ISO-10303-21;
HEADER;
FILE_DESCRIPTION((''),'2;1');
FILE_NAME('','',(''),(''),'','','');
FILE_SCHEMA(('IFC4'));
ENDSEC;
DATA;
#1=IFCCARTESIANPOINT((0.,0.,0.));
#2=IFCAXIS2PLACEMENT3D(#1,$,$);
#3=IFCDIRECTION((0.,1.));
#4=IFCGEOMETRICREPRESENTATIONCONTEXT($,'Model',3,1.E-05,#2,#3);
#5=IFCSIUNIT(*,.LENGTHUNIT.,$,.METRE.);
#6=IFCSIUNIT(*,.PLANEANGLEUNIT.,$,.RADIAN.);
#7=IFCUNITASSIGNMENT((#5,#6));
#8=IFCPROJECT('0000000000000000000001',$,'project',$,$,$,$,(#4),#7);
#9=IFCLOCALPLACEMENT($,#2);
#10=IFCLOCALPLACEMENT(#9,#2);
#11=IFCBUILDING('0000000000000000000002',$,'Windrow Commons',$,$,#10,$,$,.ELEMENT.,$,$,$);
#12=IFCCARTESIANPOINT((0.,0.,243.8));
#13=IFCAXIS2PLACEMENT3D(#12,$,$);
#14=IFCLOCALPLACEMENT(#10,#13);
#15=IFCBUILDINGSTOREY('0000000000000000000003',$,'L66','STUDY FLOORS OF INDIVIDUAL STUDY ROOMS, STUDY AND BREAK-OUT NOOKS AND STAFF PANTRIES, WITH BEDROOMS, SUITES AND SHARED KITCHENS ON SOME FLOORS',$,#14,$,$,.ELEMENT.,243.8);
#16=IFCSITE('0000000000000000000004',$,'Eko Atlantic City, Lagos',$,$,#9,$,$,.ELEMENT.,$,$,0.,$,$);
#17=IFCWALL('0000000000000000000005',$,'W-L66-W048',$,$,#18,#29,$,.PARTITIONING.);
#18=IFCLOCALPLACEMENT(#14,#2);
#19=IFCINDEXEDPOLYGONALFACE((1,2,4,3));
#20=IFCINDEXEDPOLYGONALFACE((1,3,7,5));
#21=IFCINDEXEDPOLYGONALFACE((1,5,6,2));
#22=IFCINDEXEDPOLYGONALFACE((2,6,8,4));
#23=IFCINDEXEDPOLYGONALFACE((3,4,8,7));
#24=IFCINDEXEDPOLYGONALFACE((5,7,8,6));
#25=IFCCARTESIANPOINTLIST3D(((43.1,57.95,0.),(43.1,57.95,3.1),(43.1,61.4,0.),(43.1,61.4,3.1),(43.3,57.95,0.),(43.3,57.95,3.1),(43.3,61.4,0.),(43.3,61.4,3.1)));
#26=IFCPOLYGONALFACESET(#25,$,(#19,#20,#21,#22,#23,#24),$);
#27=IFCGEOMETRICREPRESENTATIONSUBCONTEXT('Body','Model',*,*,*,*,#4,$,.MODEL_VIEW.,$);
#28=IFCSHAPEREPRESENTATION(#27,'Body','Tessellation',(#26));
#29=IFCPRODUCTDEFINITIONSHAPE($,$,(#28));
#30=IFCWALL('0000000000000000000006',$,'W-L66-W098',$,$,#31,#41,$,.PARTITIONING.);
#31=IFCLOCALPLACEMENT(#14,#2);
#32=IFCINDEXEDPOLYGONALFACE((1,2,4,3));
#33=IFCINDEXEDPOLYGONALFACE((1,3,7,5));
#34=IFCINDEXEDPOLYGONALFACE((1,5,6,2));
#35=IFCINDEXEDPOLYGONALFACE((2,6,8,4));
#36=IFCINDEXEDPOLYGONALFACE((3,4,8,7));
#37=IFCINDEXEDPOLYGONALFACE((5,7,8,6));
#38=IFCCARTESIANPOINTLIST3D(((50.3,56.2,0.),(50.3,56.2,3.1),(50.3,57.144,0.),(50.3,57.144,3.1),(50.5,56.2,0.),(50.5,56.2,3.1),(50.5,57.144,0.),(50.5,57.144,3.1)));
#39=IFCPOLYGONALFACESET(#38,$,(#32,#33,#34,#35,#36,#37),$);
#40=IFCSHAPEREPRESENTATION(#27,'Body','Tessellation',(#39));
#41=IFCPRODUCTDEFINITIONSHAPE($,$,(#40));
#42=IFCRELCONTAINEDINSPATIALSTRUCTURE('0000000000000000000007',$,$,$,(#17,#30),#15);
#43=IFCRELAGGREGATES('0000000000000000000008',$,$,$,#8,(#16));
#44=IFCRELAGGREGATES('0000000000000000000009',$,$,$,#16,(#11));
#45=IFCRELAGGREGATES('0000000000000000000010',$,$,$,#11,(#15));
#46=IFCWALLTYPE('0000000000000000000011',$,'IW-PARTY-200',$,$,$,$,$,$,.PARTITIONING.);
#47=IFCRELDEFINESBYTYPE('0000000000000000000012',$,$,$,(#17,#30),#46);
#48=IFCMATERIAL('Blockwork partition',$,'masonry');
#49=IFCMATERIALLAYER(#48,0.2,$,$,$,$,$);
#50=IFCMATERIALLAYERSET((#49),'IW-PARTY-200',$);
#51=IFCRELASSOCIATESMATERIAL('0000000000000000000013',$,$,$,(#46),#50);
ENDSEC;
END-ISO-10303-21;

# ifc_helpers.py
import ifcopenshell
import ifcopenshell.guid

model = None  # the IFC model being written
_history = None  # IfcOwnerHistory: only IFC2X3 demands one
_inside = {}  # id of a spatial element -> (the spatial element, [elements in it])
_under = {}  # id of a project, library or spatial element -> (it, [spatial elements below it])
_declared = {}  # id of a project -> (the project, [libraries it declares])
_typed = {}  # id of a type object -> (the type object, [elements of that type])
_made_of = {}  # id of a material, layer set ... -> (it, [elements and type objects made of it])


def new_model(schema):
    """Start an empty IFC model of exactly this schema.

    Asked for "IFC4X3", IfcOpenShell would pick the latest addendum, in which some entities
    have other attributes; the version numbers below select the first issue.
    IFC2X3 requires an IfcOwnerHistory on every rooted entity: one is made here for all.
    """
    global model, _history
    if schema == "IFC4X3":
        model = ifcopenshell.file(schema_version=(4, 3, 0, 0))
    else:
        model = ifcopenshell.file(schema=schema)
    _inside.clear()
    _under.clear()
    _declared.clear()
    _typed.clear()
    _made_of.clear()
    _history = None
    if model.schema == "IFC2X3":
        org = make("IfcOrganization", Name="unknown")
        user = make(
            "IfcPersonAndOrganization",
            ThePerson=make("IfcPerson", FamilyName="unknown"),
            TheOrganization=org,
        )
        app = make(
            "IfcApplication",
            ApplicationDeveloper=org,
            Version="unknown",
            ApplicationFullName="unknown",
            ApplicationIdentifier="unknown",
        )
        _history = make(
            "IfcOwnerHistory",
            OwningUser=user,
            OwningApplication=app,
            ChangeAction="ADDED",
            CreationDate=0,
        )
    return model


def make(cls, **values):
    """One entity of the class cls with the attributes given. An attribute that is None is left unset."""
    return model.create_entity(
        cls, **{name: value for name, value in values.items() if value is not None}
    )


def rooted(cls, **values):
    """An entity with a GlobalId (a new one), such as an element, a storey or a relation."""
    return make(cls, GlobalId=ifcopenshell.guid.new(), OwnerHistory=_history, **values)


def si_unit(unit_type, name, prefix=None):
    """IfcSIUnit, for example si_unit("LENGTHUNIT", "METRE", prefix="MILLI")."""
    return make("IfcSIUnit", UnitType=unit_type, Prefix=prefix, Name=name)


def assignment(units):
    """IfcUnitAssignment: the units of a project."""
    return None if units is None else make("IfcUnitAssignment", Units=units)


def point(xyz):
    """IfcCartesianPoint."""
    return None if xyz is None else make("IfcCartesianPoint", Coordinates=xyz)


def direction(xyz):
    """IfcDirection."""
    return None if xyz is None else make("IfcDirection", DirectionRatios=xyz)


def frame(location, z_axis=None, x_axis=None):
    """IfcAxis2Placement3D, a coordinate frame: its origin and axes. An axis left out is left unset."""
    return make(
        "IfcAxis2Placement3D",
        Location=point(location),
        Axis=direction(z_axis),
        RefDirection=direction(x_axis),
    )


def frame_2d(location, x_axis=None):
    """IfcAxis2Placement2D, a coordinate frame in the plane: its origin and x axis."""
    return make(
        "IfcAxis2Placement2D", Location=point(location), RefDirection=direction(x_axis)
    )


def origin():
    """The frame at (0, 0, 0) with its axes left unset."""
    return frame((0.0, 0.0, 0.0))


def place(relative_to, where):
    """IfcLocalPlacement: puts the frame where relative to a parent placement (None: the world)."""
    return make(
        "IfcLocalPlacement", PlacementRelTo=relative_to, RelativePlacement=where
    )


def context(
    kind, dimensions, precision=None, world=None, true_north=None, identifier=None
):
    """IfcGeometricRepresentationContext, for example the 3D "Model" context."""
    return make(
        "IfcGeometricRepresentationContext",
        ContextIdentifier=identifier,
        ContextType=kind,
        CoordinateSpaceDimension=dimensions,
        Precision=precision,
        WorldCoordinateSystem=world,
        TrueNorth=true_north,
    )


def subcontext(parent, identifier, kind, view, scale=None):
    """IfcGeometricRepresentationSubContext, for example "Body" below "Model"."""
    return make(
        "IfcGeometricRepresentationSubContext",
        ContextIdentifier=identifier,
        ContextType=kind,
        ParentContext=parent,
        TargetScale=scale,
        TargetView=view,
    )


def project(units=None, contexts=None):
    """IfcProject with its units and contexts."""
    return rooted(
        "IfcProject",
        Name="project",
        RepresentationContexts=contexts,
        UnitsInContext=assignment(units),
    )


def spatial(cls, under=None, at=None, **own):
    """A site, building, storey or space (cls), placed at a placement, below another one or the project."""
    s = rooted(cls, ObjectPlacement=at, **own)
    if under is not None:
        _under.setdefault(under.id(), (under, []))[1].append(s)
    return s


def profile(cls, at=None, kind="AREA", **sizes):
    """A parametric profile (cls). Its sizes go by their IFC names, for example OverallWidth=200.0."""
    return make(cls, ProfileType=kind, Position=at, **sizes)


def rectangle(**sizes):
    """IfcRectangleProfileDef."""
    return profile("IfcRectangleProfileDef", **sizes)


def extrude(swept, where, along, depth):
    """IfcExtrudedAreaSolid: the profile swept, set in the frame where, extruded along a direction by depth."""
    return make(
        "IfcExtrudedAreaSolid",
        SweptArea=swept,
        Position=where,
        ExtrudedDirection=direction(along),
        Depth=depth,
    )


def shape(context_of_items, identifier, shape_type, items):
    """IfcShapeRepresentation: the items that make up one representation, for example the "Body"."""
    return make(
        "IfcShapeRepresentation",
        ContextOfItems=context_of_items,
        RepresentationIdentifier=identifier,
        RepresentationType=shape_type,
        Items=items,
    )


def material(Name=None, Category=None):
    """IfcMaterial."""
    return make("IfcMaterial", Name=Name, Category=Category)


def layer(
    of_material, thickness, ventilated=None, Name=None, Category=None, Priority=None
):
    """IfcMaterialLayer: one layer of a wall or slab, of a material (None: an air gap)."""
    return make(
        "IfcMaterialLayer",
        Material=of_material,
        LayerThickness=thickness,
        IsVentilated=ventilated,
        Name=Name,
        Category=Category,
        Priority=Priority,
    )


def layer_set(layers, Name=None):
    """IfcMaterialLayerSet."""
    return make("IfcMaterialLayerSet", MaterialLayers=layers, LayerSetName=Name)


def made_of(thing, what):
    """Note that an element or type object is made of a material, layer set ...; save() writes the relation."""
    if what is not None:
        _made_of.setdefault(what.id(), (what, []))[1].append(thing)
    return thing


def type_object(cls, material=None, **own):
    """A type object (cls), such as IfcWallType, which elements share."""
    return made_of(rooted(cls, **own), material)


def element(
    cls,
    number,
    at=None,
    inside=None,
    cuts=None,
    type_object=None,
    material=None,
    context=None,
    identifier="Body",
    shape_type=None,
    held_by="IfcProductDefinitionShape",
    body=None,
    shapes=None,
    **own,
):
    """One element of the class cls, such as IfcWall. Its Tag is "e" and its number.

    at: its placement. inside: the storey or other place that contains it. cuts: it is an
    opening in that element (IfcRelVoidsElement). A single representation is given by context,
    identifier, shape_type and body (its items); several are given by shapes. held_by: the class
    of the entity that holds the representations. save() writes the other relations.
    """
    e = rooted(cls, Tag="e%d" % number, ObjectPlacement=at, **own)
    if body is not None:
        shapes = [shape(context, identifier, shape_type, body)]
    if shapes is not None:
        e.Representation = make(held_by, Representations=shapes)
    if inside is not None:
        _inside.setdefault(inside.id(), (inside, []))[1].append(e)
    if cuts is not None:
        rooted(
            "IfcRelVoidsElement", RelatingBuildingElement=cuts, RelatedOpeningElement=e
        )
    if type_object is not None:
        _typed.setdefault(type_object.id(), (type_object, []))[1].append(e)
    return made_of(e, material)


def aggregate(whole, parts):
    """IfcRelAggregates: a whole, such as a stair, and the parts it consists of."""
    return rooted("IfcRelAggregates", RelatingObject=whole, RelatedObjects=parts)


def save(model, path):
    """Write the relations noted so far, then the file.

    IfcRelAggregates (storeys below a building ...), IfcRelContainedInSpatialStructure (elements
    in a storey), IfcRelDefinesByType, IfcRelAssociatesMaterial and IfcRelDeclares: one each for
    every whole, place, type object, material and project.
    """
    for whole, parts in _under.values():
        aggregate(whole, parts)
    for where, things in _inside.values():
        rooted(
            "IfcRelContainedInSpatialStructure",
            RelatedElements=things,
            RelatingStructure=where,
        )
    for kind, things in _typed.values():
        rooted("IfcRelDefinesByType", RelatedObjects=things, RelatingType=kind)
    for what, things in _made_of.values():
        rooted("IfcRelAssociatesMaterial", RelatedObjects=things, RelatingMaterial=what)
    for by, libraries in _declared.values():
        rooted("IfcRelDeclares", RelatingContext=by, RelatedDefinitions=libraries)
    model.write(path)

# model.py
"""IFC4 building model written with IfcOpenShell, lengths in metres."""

from ifc_helpers import new_model, si_unit, direction, frame, frame_2d, origin, place, context, subcontext, project, spatial, rectangle, extrude, material, layer, layer_set, type_object, element, save


model = new_model("IFC4")

# Units and contexts
model_context = context("Model", 3, precision=1e-05, world=origin(), true_north=direction((0.0, 1.0)))
body_context = subcontext(model_context, "Body", "Model", "MODEL_VIEW")
ifc_project = project(units=[si_unit("LENGTHUNIT", "METRE"), si_unit("PLANEANGLEUNIT", "RADIAN")], contexts=[model_context])

# Site, building, storey
site_placement = place(None, origin())
site = spatial("IfcSite", under=ifc_project, at=site_placement, Name="Eko Atlantic City, Lagos", CompositionType="ELEMENT", RefElevation=0.0)
building_placement = place(site_placement, origin())
building = spatial("IfcBuilding", under=site, at=building_placement, Name="Windrow Commons", CompositionType="ELEMENT")
storey_placement = place(building_placement, frame((0.0, 0.0, 243.8)))
storey = spatial("IfcBuildingStorey", under=building, at=storey_placement, Name="L66", Description="STUDY FLOORS OF INDIVIDUAL STUDY ROOMS, STUDY AND BREAK-OUT NOOKS AND STAFF PANTRIES, WITH BEDROOMS, SUITES AND SHARED KITCHENS ON SOME FLOORS", CompositionType="ELEMENT", Elevation=243.8)

# Walls
ifc_material_1 = material(Name="Blockwork partition", Category="masonry")
ifc_layer_1 = layer(ifc_material_1, 0.2)
ifc_layer_set_1 = layer_set([ifc_layer_1], Name="IW-PARTY-200")
wall_type_1 = type_object("IfcWallType", Name="IW-PARTY-200", PredefinedType="PARTITIONING", material=ifc_layer_set_1)
for number, where, z_axis, x_axis, name in (
    (1, (43.2, 57.95, 0.0), (0.0, 0.0, 1.0), (0.0, 1.0, 0.0), "W-L66-W048"),
):
    element("IfcWall", number, at=place(storey_placement, frame(where, z_axis=z_axis, x_axis=x_axis)), inside=storey, type_object=wall_type_1, Name=name, PredefinedType="PARTITIONING", context=body_context, shape_type="SweptSolid", body=[
        extrude(rectangle(XDim=3.45, YDim=0.2, at=frame_2d((1.725, 0.0))), origin(), (0.0, 0.0, 1.0), 3.1),
    ])
wall_1_placement = place(storey_placement, frame((50.4, 56.2, 0.0), z_axis=(0.0, 0.0, 1.0), x_axis=(0.0, 1.0, 0.0)))
element("IfcWall", 2, at=wall_1_placement, inside=storey, type_object=wall_type_1, Name="W-L66-W098", PredefinedType="PARTITIONING", context=body_context, shape_type="SweptSolid", body=[
    extrude(rectangle(XDim=0.944, YDim=0.2, at=frame_2d((0.472, 0.0))), origin(), (0.0, 0.0, 1.0), 3.1),
])

save(model, "model.ifc")
